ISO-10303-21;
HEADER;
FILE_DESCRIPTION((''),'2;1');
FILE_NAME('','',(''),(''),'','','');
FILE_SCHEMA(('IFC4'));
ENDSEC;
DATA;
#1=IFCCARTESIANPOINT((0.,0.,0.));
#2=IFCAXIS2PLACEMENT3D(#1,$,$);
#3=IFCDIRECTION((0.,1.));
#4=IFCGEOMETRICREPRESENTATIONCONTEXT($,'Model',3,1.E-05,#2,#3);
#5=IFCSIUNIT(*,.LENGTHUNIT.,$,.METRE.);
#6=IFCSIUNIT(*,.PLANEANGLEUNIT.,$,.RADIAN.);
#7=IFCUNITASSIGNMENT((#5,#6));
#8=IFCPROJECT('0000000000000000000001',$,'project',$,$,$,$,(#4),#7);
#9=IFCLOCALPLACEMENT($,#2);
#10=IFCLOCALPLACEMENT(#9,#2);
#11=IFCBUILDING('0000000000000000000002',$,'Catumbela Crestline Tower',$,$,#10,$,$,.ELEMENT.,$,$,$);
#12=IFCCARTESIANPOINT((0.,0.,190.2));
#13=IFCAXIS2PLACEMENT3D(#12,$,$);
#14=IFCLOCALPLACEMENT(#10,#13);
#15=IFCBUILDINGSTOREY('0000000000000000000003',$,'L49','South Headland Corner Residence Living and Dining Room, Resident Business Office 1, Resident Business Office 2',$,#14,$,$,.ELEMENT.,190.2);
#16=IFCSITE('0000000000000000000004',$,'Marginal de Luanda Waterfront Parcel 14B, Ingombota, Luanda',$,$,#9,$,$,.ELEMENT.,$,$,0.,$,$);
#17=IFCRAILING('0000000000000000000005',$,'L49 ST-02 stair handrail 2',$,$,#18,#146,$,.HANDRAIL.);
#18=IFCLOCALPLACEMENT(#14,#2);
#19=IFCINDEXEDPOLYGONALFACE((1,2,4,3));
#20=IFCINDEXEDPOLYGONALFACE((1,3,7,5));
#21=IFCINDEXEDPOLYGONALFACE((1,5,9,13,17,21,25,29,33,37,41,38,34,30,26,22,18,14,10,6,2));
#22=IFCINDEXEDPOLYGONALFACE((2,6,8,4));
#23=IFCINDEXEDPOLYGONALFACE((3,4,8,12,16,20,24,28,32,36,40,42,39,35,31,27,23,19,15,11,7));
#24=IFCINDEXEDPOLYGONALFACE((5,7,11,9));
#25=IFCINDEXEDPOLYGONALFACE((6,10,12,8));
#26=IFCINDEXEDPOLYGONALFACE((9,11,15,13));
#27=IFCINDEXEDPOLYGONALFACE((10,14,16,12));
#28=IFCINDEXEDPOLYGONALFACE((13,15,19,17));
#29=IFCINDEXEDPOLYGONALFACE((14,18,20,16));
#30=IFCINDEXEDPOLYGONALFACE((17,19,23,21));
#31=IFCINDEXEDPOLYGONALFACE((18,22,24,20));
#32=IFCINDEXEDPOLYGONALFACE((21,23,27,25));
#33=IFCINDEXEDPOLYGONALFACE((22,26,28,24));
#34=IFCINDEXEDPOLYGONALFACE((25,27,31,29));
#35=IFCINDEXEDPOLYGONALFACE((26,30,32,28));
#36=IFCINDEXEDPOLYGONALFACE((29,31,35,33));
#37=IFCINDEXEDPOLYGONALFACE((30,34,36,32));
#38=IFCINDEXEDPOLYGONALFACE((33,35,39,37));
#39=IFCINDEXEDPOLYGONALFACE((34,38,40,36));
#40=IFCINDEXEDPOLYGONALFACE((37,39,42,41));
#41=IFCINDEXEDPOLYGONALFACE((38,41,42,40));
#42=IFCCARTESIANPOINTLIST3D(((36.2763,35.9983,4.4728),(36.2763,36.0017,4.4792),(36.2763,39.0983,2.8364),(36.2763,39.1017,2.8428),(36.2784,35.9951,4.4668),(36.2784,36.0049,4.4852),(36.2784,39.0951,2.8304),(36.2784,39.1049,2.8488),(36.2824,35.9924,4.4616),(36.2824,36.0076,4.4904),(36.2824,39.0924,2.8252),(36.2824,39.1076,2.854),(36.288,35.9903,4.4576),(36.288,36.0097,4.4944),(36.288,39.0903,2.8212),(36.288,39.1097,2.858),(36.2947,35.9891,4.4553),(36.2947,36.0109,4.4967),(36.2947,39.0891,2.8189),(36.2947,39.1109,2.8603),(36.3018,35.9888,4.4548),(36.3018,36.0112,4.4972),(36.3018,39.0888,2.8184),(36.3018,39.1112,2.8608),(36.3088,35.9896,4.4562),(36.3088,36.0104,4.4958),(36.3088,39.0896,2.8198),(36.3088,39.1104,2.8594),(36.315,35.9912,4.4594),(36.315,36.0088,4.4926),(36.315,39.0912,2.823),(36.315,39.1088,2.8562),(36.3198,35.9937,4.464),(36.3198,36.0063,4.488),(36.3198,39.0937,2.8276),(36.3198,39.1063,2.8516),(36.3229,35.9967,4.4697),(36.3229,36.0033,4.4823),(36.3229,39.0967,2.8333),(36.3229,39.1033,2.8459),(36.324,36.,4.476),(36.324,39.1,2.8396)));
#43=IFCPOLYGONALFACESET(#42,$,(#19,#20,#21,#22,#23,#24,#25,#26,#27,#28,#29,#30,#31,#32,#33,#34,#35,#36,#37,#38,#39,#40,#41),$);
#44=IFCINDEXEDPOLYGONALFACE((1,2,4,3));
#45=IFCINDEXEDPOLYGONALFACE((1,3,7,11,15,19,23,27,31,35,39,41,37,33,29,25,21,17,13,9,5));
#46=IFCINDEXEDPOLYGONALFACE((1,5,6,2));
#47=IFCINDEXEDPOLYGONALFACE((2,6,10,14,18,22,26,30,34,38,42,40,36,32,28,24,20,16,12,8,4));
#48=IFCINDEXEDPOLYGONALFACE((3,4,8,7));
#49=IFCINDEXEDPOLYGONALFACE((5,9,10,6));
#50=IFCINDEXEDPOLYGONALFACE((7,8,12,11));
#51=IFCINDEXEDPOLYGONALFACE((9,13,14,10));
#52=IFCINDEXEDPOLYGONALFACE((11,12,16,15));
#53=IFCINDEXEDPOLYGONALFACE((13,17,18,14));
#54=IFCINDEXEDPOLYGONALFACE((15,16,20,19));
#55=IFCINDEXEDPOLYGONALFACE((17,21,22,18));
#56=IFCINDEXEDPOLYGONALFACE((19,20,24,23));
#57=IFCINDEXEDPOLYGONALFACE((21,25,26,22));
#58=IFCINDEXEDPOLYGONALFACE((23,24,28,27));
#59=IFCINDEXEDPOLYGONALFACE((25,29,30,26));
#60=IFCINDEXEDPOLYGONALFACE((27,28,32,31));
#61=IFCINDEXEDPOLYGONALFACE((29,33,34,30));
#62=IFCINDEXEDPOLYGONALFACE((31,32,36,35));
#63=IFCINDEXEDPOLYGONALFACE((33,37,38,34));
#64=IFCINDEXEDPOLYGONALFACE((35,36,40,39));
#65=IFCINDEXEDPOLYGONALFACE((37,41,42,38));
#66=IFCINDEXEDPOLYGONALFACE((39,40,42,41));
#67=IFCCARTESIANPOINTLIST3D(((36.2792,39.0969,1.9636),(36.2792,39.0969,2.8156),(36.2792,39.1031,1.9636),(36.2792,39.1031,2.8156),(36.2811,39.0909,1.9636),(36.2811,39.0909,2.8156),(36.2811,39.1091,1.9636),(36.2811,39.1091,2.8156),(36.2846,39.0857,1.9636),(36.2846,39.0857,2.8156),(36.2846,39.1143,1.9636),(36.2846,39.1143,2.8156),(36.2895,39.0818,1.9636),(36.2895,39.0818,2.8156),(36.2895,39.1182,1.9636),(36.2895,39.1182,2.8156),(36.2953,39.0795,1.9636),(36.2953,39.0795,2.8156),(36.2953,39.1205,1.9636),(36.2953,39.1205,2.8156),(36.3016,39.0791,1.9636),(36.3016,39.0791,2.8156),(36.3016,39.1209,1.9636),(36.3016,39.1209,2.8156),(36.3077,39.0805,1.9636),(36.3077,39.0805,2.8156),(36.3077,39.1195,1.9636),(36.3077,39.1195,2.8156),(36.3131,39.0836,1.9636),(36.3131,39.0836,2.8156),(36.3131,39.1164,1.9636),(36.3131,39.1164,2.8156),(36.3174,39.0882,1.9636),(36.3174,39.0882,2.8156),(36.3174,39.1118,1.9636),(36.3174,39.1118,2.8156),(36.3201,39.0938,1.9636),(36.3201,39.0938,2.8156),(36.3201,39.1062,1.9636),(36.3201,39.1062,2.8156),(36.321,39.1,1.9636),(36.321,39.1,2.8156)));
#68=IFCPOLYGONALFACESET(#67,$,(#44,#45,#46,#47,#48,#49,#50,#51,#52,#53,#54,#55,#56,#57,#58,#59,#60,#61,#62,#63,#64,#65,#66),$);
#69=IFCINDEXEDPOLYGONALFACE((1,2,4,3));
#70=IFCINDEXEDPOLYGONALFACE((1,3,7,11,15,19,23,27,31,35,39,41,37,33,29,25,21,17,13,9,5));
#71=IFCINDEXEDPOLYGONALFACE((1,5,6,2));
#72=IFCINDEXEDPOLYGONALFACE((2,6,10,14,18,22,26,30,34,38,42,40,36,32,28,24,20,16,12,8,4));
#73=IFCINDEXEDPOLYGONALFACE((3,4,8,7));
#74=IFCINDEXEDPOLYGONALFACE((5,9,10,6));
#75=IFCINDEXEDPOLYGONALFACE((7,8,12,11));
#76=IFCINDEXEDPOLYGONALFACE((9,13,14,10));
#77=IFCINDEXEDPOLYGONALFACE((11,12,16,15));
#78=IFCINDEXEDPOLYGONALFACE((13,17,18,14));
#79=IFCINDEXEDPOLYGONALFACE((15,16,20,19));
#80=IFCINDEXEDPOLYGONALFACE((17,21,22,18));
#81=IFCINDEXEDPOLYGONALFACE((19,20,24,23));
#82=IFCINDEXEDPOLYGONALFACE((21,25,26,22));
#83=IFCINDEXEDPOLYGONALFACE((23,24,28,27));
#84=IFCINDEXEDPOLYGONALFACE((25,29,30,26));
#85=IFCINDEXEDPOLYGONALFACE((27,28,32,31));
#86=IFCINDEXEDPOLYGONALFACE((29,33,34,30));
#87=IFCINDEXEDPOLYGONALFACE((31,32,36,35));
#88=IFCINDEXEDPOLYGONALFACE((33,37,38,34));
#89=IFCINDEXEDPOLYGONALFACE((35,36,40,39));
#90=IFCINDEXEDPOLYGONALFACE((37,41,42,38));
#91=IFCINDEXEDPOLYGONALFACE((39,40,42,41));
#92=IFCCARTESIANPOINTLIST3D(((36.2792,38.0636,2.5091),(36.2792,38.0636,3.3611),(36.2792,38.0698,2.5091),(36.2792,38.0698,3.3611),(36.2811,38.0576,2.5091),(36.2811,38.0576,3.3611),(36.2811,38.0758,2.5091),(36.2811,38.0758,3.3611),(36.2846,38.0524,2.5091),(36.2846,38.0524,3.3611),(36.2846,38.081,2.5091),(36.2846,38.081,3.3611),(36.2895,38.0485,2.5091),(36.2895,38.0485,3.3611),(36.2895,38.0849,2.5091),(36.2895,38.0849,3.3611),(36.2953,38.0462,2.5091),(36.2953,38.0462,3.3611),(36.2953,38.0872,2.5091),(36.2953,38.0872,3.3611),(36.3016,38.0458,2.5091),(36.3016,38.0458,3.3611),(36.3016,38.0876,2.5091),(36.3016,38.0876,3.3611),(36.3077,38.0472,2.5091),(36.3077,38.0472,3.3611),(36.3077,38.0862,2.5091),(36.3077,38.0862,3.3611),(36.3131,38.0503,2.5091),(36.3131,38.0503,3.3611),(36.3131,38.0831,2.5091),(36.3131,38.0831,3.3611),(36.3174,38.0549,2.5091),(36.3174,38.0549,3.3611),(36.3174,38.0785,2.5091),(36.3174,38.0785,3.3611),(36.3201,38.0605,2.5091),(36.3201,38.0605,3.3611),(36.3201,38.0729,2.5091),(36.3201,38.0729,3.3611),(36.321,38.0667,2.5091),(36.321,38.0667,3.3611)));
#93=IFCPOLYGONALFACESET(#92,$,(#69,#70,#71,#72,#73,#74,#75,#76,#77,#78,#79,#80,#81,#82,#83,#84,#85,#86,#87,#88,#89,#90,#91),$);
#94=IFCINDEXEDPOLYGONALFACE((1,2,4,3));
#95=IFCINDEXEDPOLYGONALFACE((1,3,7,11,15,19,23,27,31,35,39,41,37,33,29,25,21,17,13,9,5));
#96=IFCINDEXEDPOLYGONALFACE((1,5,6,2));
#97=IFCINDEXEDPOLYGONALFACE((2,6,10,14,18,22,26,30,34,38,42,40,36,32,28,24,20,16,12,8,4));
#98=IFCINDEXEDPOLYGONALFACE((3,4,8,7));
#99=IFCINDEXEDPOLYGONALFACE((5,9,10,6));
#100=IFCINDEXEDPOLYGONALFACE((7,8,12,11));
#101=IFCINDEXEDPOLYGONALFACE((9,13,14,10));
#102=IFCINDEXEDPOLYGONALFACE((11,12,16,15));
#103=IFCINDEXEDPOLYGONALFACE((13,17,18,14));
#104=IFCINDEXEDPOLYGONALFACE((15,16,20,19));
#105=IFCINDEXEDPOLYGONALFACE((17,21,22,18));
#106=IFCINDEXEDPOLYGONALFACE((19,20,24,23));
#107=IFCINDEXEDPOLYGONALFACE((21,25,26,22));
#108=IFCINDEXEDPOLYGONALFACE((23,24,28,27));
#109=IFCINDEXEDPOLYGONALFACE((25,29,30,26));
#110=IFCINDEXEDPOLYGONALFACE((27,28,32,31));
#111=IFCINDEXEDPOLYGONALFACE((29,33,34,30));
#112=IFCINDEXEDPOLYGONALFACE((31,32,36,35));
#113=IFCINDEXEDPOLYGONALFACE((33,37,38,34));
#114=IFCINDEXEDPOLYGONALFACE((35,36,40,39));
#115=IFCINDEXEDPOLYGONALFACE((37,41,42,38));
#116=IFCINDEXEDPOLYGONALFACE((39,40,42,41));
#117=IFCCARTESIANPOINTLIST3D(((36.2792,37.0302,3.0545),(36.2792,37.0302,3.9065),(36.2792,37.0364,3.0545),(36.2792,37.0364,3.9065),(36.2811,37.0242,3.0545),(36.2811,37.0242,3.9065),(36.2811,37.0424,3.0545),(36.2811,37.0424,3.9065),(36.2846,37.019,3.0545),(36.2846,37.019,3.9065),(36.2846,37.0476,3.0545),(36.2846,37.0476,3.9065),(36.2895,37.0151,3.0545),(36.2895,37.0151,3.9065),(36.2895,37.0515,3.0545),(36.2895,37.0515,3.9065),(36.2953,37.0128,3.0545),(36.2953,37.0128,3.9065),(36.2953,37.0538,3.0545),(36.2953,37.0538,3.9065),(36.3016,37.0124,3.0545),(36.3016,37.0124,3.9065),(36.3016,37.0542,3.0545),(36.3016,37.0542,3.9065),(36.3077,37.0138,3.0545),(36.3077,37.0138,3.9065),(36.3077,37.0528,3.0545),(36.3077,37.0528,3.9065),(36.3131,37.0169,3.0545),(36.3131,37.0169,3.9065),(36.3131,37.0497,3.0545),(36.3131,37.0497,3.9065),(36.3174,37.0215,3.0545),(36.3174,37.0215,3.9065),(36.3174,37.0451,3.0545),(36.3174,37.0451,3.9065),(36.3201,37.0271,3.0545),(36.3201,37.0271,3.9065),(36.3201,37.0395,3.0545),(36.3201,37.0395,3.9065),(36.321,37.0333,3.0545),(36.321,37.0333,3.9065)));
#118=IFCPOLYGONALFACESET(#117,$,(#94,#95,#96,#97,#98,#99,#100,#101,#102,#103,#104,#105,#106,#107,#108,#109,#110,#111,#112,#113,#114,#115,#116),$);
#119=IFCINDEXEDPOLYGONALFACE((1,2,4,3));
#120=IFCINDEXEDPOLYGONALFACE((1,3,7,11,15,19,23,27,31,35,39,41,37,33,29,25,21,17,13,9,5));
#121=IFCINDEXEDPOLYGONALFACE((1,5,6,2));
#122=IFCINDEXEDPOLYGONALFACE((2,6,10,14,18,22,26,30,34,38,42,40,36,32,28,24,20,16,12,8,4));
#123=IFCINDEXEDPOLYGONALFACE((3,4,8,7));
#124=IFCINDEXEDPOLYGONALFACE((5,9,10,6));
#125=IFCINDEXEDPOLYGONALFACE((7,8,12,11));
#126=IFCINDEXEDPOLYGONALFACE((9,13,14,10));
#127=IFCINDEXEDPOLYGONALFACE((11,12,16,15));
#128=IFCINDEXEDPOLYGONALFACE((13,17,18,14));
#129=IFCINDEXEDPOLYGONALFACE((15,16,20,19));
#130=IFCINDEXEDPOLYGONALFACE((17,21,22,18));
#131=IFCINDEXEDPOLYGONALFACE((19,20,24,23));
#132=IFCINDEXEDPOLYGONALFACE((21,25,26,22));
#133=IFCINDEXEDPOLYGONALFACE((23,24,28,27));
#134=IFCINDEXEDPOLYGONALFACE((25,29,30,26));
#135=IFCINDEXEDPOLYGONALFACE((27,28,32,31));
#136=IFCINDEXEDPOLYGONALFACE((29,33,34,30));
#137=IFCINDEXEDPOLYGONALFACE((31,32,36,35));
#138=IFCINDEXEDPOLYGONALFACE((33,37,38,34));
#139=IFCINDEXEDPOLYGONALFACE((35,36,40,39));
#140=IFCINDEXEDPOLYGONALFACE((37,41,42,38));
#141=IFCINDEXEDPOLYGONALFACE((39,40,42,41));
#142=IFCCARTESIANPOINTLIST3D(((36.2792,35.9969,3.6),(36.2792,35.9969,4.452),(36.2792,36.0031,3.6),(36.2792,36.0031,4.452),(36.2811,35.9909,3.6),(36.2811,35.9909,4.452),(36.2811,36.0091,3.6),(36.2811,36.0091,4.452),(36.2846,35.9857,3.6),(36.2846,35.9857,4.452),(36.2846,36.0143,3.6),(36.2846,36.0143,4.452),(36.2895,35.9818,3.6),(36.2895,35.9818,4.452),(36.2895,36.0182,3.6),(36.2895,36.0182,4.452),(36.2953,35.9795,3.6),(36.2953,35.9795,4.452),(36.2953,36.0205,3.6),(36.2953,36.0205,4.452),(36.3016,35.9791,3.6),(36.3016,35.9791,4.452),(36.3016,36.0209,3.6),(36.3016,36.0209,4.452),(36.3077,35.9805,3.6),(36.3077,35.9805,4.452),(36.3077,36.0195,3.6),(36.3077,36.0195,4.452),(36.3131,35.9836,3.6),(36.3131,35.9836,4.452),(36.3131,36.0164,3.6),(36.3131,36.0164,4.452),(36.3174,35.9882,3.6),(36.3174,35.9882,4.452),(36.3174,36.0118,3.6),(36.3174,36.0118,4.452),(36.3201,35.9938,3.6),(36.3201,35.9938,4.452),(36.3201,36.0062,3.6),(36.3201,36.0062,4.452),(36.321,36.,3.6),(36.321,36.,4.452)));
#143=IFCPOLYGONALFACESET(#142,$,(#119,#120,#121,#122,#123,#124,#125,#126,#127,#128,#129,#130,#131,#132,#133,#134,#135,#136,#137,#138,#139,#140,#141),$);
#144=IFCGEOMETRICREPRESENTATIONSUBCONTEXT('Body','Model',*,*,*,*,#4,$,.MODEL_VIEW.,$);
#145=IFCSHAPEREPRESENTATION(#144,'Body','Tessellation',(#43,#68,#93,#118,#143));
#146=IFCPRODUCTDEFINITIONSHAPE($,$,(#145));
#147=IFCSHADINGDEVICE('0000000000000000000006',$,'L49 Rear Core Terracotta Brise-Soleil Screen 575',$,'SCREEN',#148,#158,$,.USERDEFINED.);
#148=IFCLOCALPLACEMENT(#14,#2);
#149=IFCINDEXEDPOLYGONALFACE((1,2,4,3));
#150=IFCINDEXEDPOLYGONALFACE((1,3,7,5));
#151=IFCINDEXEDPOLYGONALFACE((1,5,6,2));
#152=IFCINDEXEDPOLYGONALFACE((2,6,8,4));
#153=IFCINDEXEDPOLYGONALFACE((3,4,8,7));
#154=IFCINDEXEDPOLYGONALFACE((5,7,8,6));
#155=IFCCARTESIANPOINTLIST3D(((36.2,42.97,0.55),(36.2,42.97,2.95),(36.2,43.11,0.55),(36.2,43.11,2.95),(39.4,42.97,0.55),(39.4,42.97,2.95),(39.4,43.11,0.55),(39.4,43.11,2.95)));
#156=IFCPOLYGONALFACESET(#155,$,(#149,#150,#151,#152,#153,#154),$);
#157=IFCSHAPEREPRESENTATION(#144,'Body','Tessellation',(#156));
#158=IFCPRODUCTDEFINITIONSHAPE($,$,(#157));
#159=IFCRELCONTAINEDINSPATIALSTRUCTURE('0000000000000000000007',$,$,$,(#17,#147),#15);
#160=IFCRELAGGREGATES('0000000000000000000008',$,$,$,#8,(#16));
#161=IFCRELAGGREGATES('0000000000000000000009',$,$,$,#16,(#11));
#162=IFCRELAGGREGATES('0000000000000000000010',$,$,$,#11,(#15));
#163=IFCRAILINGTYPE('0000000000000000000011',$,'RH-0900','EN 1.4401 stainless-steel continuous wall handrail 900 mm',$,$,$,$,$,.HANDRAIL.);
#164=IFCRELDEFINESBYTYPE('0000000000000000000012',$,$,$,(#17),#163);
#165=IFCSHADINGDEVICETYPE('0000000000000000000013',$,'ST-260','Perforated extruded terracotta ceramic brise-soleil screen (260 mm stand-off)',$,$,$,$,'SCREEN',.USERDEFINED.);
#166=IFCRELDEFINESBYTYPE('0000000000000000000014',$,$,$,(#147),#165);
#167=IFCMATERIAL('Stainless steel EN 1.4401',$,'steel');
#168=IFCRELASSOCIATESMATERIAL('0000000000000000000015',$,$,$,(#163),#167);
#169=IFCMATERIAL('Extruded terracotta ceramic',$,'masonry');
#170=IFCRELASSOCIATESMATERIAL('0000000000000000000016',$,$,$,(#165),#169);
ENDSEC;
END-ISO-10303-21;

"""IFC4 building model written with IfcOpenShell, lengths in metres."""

from ifc_helpers import new_model, si_unit, direction, frame, origin, origin_2d, place, context, subcontext, project, spatial, rectangle, circle, extrude, material, type_object, element, save


model = new_model("IFC4")

# Units and contexts
model_context = context("Model", 3, precision=1e-05, world=origin(), true_north=direction((0.0, 1.0)))
body_context = subcontext(model_context, "Body", "Model", "MODEL_VIEW")
ifc_project = project(units=[si_unit("LENGTHUNIT", "METRE"), si_unit("PLANEANGLEUNIT", "RADIAN")], contexts=[model_context])

# Site, building, storey
site_placement = place(None, origin())
site = spatial("IfcSite", under=ifc_project, at=site_placement, Name="Marginal de Luanda Waterfront Parcel 14B, Ingombota, Luanda", CompositionType="ELEMENT", RefElevation=0.0)
building_placement = place(site_placement, origin())
building = spatial("IfcBuilding", under=site, at=building_placement, Name="Catumbela Crestline Tower", CompositionType="ELEMENT")
storey_placement = place(building_placement, frame((0.0, 0.0, 190.2)))
storey = spatial("IfcBuildingStorey", under=building, at=storey_placement, Name="L49", Description="South Headland Corner Residence Living and Dining Room, Resident Business Office 1, Resident Business Office 2", CompositionType="ELEMENT", Elevation=190.2)

# Shared definitions
ifc_material_1 = material(Name="Stainless steel EN 1.4401", Category="steel")

# Railing
railing_type_1 = type_object("IfcRailingType", Name="RH-0900", Description="EN 1.4401 stainless-steel continuous wall handrail 900 mm", PredefinedType="HANDRAIL", material=ifc_material_1)
railing_1_placement = place(storey_placement, frame((36.3, 39.1, 1.9636)))
element("IfcRailing", 1, at=railing_1_placement, inside=storey, type_object=railing_type_1, Name="L49 ST-02 stair handrail 2", PredefinedType="HANDRAIL", context=body_context, shape_type="SweptSolid", body=[
    extrude(circle(Radius=0.024, at=origin_2d()), frame((0.0, 0.0, 0.876), z_axis=(0.0, -0.884351, 0.466823), x_axis=(1.0, 0.0, 0.0)), (0.0, 0.0, 1.0), 3.5054),
    extrude(circle(Radius=0.021, at=origin_2d()), origin(), (0.0, 0.0, 1.0), 0.852),
    extrude(circle(Radius=0.021, at=origin_2d()), frame((0.0, -1.0333, 0.5455)), (0.0, 0.0, 1.0), 0.852),
    extrude(circle(Radius=0.021, at=origin_2d()), frame((0.0, -2.0667, 1.0909)), (0.0, 0.0, 1.0), 0.852),
    extrude(circle(Radius=0.021, at=origin_2d()), frame((0.0, -3.1, 1.6364)), (0.0, 0.0, 1.0), 0.852),
])

# Shading device
ifc_material_2 = material(Name="Extruded terracotta ceramic", Category="masonry")
shading_device_type = type_object("IfcShadingDeviceType", Name="ST-260", Description="Perforated extruded terracotta ceramic brise-soleil screen (260 mm stand-off)", ElementType="SCREEN", PredefinedType="USERDEFINED", material=ifc_material_2)
shading_device_placement = place(storey_placement, frame((37.8, 43.04, 0.55), z_axis=(0.0, 0.0, 1.0), x_axis=(1.0, 0.0, 0.0)))
element("IfcShadingDevice", 2, at=shading_device_placement, inside=storey, type_object=shading_device_type, Name="L49 Rear Core Terracotta Brise-Soleil Screen 575", ObjectType="SCREEN", PredefinedType="USERDEFINED", context=body_context, shape_type="SweptSolid", body=[
    extrude(rectangle(XDim=3.2, YDim=0.14, at=origin_2d()), origin(), (0.0, 0.0, 1.0), 2.4),
])

save(model, "model.ifc")
